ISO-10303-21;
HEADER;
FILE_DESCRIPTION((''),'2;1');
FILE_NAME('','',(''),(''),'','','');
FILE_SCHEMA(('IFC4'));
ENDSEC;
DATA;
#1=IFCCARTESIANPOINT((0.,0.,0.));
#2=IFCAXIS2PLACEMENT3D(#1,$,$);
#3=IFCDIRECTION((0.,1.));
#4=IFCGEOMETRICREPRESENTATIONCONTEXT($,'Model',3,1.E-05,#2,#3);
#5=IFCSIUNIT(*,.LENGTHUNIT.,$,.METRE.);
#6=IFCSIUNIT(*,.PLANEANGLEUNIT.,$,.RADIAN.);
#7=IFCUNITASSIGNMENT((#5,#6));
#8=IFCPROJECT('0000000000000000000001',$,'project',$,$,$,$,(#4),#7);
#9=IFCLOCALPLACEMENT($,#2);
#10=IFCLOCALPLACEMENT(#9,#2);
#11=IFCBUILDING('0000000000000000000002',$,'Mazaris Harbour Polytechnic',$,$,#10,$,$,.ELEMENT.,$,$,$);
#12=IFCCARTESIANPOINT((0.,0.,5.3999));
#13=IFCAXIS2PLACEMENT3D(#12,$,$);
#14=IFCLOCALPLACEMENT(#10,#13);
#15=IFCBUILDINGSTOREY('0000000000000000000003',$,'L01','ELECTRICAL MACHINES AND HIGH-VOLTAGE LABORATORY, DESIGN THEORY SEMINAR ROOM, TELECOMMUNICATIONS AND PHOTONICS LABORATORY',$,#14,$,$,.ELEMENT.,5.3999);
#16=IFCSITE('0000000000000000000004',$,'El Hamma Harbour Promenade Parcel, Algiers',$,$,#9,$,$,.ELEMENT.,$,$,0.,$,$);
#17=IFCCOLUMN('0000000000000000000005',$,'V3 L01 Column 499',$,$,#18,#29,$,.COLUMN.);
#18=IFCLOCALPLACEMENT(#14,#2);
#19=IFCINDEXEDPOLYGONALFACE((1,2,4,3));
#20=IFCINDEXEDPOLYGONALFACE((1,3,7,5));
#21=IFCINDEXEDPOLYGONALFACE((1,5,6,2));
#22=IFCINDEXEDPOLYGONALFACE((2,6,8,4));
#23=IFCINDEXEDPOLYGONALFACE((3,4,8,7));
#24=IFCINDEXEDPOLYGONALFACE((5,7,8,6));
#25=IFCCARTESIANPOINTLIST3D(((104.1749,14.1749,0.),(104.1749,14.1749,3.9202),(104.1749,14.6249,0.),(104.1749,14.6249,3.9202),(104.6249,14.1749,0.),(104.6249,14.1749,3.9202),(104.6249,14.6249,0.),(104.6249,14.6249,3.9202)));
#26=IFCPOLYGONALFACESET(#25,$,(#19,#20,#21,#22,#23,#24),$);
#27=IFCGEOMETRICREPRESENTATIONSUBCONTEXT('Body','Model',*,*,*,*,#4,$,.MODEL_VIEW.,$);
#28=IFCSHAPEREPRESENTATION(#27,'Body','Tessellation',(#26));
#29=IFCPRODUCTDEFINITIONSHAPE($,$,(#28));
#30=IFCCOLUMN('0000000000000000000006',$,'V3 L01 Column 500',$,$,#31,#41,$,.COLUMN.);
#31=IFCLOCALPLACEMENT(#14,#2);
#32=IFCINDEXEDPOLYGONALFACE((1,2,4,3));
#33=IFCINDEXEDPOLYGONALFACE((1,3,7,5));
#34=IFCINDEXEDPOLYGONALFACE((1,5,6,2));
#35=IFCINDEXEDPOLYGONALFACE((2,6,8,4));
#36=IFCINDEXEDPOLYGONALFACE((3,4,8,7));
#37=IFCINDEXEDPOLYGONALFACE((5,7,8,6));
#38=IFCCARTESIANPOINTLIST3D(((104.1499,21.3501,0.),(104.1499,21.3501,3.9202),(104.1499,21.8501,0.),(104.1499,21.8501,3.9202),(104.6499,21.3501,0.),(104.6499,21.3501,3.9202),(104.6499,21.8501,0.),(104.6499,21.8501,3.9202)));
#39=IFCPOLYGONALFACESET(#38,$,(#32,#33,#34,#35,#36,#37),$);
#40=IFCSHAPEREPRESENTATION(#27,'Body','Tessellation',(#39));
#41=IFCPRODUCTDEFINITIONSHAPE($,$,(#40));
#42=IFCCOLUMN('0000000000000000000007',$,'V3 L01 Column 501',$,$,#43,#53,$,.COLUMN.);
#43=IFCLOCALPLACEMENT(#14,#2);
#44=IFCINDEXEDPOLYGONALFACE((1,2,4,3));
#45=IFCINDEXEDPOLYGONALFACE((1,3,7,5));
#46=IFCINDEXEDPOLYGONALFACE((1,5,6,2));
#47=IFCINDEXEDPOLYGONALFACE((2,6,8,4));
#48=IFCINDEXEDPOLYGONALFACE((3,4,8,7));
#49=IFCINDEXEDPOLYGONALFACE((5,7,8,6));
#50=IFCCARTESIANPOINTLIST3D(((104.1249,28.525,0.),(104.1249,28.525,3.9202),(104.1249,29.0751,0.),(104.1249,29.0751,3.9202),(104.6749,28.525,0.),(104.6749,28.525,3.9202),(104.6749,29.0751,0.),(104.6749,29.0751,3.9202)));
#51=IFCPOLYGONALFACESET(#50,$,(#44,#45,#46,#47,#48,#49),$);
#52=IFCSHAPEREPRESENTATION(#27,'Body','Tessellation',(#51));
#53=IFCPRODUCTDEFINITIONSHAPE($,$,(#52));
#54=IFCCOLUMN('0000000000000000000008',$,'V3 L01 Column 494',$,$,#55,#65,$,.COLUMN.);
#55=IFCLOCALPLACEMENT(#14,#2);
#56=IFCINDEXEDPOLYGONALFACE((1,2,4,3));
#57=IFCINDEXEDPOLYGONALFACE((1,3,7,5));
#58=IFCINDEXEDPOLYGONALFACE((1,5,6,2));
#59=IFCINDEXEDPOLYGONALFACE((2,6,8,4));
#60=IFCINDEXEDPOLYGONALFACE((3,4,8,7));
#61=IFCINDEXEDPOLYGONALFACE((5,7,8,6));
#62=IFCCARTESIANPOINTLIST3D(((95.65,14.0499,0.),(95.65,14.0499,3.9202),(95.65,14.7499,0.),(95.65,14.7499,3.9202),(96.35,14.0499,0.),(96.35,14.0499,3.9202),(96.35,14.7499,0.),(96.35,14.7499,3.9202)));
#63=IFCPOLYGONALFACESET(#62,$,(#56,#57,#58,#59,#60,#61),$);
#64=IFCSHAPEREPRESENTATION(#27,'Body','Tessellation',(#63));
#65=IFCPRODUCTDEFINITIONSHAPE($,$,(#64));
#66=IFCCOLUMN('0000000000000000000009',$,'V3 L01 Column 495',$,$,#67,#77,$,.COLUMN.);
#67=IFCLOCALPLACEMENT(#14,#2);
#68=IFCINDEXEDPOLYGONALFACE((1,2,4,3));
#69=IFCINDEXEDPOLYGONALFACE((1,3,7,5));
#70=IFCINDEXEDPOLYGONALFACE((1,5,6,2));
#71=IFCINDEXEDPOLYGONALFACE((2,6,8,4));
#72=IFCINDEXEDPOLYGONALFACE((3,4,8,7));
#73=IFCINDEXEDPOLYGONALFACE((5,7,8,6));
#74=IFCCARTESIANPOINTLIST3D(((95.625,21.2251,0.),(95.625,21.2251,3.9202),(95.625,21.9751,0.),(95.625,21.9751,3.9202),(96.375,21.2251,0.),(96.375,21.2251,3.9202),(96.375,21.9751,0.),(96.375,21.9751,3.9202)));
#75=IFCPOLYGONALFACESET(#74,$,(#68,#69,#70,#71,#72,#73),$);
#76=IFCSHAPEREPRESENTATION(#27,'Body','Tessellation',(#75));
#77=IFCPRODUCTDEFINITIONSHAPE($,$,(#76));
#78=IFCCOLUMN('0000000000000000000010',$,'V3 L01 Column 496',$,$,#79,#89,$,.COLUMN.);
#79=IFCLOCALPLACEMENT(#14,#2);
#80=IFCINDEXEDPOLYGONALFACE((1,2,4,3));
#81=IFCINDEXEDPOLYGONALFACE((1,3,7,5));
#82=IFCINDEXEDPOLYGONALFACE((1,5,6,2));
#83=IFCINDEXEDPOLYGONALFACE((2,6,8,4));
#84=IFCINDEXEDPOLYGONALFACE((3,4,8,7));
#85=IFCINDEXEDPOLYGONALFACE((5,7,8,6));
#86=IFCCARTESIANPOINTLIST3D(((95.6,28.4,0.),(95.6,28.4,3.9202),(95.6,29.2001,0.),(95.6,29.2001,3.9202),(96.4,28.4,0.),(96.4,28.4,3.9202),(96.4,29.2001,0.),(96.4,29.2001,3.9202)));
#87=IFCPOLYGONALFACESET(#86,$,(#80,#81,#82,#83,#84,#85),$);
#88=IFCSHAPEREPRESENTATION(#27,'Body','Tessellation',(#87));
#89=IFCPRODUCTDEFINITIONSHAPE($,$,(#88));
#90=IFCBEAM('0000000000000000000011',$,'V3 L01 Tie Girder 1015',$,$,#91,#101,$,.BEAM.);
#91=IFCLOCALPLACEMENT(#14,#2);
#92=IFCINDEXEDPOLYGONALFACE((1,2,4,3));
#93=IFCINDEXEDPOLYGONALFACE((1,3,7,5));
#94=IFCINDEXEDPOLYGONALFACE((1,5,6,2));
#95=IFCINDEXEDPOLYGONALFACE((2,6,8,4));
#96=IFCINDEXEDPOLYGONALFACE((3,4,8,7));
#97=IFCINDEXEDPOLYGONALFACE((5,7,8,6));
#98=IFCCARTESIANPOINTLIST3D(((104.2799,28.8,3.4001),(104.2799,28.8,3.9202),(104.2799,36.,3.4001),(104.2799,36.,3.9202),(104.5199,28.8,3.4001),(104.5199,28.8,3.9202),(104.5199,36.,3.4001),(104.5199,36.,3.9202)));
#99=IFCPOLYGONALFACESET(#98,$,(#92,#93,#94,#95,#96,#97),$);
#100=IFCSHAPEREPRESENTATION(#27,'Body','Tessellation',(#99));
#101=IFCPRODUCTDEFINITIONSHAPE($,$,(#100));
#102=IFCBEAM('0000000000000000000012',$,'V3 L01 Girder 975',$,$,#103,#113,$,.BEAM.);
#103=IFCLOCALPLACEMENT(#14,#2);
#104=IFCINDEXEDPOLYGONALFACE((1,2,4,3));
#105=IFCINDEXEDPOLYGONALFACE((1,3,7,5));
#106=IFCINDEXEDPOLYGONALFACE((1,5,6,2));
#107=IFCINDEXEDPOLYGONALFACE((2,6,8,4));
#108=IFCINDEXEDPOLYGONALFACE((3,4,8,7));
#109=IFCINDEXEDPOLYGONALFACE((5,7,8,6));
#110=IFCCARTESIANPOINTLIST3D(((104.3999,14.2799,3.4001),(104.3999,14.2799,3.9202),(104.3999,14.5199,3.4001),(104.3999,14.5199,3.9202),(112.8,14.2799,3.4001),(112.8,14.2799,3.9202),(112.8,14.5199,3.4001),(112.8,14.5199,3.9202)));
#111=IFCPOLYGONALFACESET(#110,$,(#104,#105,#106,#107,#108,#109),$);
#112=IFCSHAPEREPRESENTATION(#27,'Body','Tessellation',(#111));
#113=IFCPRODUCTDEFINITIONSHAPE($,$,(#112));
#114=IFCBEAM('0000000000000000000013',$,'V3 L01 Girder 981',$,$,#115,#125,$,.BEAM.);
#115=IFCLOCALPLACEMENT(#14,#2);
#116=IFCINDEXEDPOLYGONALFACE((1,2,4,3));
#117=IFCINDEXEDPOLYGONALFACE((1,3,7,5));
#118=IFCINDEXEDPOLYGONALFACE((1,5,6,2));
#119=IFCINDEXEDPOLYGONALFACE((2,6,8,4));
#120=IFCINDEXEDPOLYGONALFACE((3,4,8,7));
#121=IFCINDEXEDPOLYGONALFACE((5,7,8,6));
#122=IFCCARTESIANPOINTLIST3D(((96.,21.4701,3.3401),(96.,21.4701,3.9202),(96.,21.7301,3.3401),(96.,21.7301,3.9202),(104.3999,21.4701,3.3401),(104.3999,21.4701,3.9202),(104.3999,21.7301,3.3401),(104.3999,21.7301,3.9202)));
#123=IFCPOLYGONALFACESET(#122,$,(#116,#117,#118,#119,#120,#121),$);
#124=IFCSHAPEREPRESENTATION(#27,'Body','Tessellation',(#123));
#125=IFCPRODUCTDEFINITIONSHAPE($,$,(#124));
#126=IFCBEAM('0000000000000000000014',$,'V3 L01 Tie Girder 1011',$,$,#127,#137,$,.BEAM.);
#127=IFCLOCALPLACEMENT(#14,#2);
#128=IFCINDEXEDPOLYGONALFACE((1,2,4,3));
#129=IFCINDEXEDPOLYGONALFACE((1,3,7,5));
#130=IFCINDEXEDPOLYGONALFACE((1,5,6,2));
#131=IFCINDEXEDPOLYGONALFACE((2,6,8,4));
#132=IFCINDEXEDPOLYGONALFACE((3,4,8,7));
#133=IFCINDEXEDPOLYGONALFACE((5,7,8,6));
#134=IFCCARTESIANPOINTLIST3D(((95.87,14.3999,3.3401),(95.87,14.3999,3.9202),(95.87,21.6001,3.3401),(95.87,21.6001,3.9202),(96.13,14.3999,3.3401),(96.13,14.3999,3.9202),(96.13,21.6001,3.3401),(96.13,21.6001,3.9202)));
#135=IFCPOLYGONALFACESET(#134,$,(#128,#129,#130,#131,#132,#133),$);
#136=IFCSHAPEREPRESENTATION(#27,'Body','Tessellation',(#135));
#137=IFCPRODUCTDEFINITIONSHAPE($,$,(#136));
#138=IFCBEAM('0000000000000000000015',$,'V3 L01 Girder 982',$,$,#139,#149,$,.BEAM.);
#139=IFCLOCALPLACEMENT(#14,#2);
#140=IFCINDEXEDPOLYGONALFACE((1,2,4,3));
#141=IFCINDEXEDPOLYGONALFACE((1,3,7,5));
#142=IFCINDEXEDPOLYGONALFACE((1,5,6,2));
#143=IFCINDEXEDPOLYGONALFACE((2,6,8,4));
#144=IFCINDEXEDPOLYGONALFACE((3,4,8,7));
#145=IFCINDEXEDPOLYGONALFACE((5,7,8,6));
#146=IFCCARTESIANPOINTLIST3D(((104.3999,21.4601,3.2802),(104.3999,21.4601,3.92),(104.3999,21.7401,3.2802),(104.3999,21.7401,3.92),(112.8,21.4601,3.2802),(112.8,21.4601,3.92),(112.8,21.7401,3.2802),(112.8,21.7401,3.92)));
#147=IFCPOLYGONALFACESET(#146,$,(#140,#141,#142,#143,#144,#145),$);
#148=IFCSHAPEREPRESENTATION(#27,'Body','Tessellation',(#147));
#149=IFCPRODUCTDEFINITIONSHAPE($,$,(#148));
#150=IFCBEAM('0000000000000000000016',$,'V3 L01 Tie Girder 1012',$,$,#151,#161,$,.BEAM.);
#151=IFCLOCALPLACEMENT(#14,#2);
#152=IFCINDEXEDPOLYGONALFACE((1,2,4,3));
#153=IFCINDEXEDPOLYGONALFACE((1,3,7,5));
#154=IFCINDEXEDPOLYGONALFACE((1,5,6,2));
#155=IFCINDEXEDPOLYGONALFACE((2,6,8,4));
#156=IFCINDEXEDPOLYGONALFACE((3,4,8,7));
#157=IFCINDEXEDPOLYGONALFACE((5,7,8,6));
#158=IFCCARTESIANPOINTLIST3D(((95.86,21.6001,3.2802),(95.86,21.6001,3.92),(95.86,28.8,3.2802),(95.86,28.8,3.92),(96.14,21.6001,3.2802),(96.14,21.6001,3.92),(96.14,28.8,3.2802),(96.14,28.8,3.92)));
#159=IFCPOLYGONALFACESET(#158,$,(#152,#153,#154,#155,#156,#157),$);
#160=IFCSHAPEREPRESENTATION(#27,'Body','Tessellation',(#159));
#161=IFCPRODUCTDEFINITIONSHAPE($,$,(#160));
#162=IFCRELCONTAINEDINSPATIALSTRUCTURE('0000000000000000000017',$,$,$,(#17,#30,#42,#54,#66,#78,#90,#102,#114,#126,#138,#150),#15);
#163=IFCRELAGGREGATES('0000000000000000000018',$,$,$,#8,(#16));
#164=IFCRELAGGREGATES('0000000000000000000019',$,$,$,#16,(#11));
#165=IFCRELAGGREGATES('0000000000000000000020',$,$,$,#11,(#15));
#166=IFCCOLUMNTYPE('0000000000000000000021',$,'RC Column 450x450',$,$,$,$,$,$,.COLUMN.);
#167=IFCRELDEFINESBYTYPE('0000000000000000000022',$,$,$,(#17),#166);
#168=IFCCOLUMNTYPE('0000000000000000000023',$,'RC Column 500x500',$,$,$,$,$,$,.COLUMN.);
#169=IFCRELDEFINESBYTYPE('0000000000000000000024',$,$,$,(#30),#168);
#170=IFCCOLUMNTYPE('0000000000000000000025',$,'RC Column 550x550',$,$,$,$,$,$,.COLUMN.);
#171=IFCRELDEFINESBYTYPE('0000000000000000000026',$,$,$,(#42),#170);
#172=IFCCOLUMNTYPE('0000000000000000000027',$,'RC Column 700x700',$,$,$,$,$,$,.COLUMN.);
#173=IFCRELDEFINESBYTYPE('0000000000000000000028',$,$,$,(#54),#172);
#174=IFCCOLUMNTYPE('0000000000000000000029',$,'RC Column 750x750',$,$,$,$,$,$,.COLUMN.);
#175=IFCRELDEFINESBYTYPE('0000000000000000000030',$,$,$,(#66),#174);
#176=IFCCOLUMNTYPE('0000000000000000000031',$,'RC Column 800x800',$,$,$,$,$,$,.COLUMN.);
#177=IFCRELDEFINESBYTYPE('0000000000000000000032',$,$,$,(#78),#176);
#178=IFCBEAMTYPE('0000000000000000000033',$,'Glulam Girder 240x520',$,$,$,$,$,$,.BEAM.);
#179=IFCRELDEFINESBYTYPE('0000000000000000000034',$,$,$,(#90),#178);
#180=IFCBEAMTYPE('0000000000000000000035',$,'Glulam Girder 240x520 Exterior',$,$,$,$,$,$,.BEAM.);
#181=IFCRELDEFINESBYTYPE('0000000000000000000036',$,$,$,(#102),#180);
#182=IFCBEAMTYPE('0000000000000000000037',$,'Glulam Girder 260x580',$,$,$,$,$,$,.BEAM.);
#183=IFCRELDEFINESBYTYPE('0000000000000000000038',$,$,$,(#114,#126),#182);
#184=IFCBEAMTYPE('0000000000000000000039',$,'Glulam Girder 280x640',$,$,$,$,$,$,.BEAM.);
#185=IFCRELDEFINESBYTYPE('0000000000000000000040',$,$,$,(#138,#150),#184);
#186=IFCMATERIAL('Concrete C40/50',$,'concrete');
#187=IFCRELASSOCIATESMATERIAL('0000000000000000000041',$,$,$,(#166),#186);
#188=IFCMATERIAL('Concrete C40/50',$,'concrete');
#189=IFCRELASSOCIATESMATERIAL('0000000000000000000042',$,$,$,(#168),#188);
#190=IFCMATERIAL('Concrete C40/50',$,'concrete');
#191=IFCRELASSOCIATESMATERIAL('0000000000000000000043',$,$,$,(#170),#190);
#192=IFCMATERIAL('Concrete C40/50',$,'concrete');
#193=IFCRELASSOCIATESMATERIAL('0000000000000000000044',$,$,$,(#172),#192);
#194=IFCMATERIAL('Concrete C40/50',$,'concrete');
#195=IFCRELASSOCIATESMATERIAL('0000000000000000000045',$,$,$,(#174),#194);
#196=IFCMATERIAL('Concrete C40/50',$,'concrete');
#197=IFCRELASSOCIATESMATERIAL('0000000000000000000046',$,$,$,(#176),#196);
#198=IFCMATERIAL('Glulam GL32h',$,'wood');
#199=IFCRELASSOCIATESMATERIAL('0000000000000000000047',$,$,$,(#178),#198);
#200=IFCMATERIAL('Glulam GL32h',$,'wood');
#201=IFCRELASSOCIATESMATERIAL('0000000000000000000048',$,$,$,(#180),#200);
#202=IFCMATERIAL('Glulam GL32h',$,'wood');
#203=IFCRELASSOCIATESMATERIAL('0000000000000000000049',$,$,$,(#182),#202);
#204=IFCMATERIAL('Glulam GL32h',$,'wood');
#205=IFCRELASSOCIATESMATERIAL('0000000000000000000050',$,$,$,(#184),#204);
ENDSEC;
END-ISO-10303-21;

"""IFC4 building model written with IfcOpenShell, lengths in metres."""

from ifc_helpers import new_model, si_unit, direction, frame, origin, origin_2d, place, context, subcontext, project, spatial, rectangle, extrude, material, material_profile, profile_set, type_object, element, save


model = new_model("IFC4")

# Units and contexts
model_context = context("Model", 3, precision=1e-05, world=origin(), true_north=direction((0.0, 1.0)))
body_context = subcontext(model_context, "Body", "Model", "MODEL_VIEW")
ifc_project = project(units=[si_unit("LENGTHUNIT", "METRE"), si_unit("PLANEANGLEUNIT", "RADIAN")], contexts=[model_context])

# Site, building, storey
site_placement = place(None, origin())
site = spatial("IfcSite", under=ifc_project, at=site_placement, Name="El Hamma Harbour Promenade Parcel, Algiers", CompositionType="ELEMENT", RefElevation=0.0)
building_placement = place(site_placement, origin())
building = spatial("IfcBuilding", under=site, at=building_placement, Name="Mazaris Harbour Polytechnic", CompositionType="ELEMENT")
storey_placement = place(building_placement, frame((0.0, 0.0, 5.3999)))
storey = spatial("IfcBuildingStorey", under=building, at=storey_placement, Name="L01", Description="ELECTRICAL MACHINES AND HIGH-VOLTAGE LABORATORY, DESIGN THEORY SEMINAR ROOM, TELECOMMUNICATIONS AND PHOTONICS LABORATORY", CompositionType="ELEMENT", Elevation=5.3999)

# Columns
ifc_material_1 = material(Name="Concrete C40/50", Category="concrete")
ifc_material_profile_1 = material_profile(ifc_material_1, rectangle(XDim=0.45, YDim=0.45, at=origin_2d()), Name="RECT450x450")
ifc_profile_set_1 = profile_set([ifc_material_profile_1], Name="Concrete C40/50")
column_type_1 = type_object("IfcColumnType", Name="RC Column 450x450", PredefinedType="COLUMN", material=ifc_profile_set_1)
column_1_placement = place(storey_placement, frame((104.3999, 14.3999, 0.0), z_axis=(0.0, 0.0, 1.0), x_axis=(1.0, 0.0, 0.0)))
element("IfcColumn", 1, at=column_1_placement, inside=storey, type_object=column_type_1, Name="V3 L01 Column 499", PredefinedType="COLUMN", context=body_context, shape_type="SweptSolid", body=[
    extrude(rectangle(XDim=0.45, YDim=0.45, at=origin_2d()), origin(), (0.0, 0.0, 1.0), 3.9202),
])
ifc_material_2 = material(Name="Concrete C40/50", Category="concrete")
ifc_material_profile_2 = material_profile(ifc_material_2, rectangle(XDim=0.5, YDim=0.5, at=origin_2d()), Name="RECT500x500")
ifc_profile_set_2 = profile_set([ifc_material_profile_2], Name="Concrete C40/50")
column_type_2 = type_object("IfcColumnType", Name="RC Column 500x500", PredefinedType="COLUMN", material=ifc_profile_set_2)
column_2_placement = place(storey_placement, frame((104.3999, 21.6001, 0.0), z_axis=(0.0, 0.0, 1.0), x_axis=(1.0, 0.0, 0.0)))
element("IfcColumn", 2, at=column_2_placement, inside=storey, type_object=column_type_2, Name="V3 L01 Column 500", PredefinedType="COLUMN", context=body_context, shape_type="SweptSolid", body=[
    extrude(rectangle(XDim=0.5, YDim=0.5, at=origin_2d()), origin(), (0.0, 0.0, 1.0), 3.9202),
])
ifc_material_3 = material(Name="Concrete C40/50", Category="concrete")
ifc_material_profile_3 = material_profile(ifc_material_3, rectangle(XDim=0.55, YDim=0.55, at=origin_2d()), Name="RECT550x550")
ifc_profile_set_3 = profile_set([ifc_material_profile_3], Name="Concrete C40/50")
column_type_3 = type_object("IfcColumnType", Name="RC Column 550x550", PredefinedType="COLUMN", material=ifc_profile_set_3)
column_3_placement = place(storey_placement, frame((104.3999, 28.8, 0.0), z_axis=(0.0, 0.0, 1.0), x_axis=(1.0, 0.0, 0.0)))
element("IfcColumn", 3, at=column_3_placement, inside=storey, type_object=column_type_3, Name="V3 L01 Column 501", PredefinedType="COLUMN", context=body_context, shape_type="SweptSolid", body=[
    extrude(rectangle(XDim=0.55, YDim=0.55, at=origin_2d()), origin(), (0.0, 0.0, 1.0), 3.9202),
])
ifc_material_4 = material(Name="Concrete C40/50", Category="concrete")
ifc_material_profile_4 = material_profile(ifc_material_4, rectangle(XDim=0.7, YDim=0.7, at=origin_2d()), Name="RECT700x700")
ifc_profile_set_4 = profile_set([ifc_material_profile_4], Name="Concrete C40/50")
column_type_4 = type_object("IfcColumnType", Name="RC Column 700x700", PredefinedType="COLUMN", material=ifc_profile_set_4)
column_4_placement = place(storey_placement, frame((96.0, 14.3999, 0.0), z_axis=(0.0, 0.0, 1.0), x_axis=(1.0, 0.0, 0.0)))
element("IfcColumn", 4, at=column_4_placement, inside=storey, type_object=column_type_4, Name="V3 L01 Column 494", PredefinedType="COLUMN", context=body_context, shape_type="SweptSolid", body=[
    extrude(rectangle(XDim=0.7, YDim=0.7, at=origin_2d()), origin(), (0.0, 0.0, 1.0), 3.9202),
])
ifc_material_5 = material(Name="Concrete C40/50", Category="concrete")
ifc_material_profile_5 = material_profile(ifc_material_5, rectangle(XDim=0.75, YDim=0.75, at=origin_2d()), Name="RECT750x750")
ifc_profile_set_5 = profile_set([ifc_material_profile_5], Name="Concrete C40/50")
column_type_5 = type_object("IfcColumnType", Name="RC Column 750x750", PredefinedType="COLUMN", material=ifc_profile_set_5)
column_5_placement = place(storey_placement, frame((96.0, 21.6001, 0.0), z_axis=(0.0, 0.0, 1.0), x_axis=(1.0, 0.0, 0.0)))
element("IfcColumn", 5, at=column_5_placement, inside=storey, type_object=column_type_5, Name="V3 L01 Column 495", PredefinedType="COLUMN", context=body_context, shape_type="SweptSolid", body=[
    extrude(rectangle(XDim=0.75, YDim=0.75, at=origin_2d()), origin(), (0.0, 0.0, 1.0), 3.9202),
])
ifc_material_6 = material(Name="Concrete C40/50", Category="concrete")
ifc_material_profile_6 = material_profile(ifc_material_6, rectangle(XDim=0.8, YDim=0.8, at=origin_2d()), Name="RECT800x800")
ifc_profile_set_6 = profile_set([ifc_material_profile_6], Name="Concrete C40/50")
column_type_6 = type_object("IfcColumnType", Name="RC Column 800x800", PredefinedType="COLUMN", material=ifc_profile_set_6)
column_6_placement = place(storey_placement, frame((96.0, 28.8, 0.0), z_axis=(0.0, 0.0, 1.0), x_axis=(1.0, 0.0, 0.0)))
element("IfcColumn", 6, at=column_6_placement, inside=storey, type_object=column_type_6, Name="V3 L01 Column 496", PredefinedType="COLUMN", context=body_context, shape_type="SweptSolid", body=[
    extrude(rectangle(XDim=0.8, YDim=0.8, at=origin_2d()), origin(), (0.0, 0.0, 1.0), 3.9202),
])

# Beams
ifc_material_7 = material(Name="Glulam GL32h", Category="wood")
ifc_material_profile_7 = material_profile(ifc_material_7, rectangle(XDim=0.24, YDim=0.52, at=origin_2d()), Name="RECT240x520")
ifc_profile_set_7 = profile_set([ifc_material_profile_7], Name="Glulam GL32h")
beam_type_1 = type_object("IfcBeamType", Name="Glulam Girder 240x520", PredefinedType="BEAM", material=ifc_profile_set_7)
beam_1_placement = place(storey_placement, frame((104.3999, 28.8, 3.6602), z_axis=(0.0, 1.0, 0.0), x_axis=(-1.0, 0.0, 0.0)))
element("IfcBeam", 7, at=beam_1_placement, inside=storey, type_object=beam_type_1, Name="V3 L01 Tie Girder 1015", PredefinedType="BEAM", context=body_context, shape_type="SweptSolid", body=[
    extrude(rectangle(XDim=0.24, YDim=0.52, at=origin_2d()), origin(), (0.0, 0.0, 1.0), 7.2),
])
ifc_material_8 = material(Name="Glulam GL32h", Category="wood")
ifc_material_profile_8 = material_profile(ifc_material_8, rectangle(XDim=0.24, YDim=0.52, at=origin_2d()), Name="RECT240x520")
ifc_profile_set_8 = profile_set([ifc_material_profile_8], Name="Glulam GL32h")
beam_type_2 = type_object("IfcBeamType", Name="Glulam Girder 240x520 Exterior", PredefinedType="BEAM", material=ifc_profile_set_8)
beam_2_placement = place(storey_placement, frame((104.3999, 14.3999, 3.6602), z_axis=(1.0, 0.0, 0.0), x_axis=(0.0, 1.0, 0.0)))
element("IfcBeam", 8, at=beam_2_placement, inside=storey, type_object=beam_type_2, Name="V3 L01 Girder 975", PredefinedType="BEAM", context=body_context, shape_type="SweptSolid", body=[
    extrude(rectangle(XDim=0.24, YDim=0.52, at=origin_2d()), origin(), (0.0, 0.0, 1.0), 8.4001),
])
ifc_material_9 = material(Name="Glulam GL32h", Category="wood")
ifc_material_profile_9 = material_profile(ifc_material_9, rectangle(XDim=0.26, YDim=0.5801, at=origin_2d()), Name="RECT260x580")
ifc_profile_set_9 = profile_set([ifc_material_profile_9], Name="Glulam GL32h")
beam_type_3 = type_object("IfcBeamType", Name="Glulam Girder 260x580", PredefinedType="BEAM", material=ifc_profile_set_9)
beam_3_placement = place(storey_placement, frame((96.0, 21.6001, 3.6301), z_axis=(1.0, 0.0, 0.0), x_axis=(0.0, 1.0, 0.0)))
element("IfcBeam", 9, at=beam_3_placement, inside=storey, type_object=beam_type_3, Name="V3 L01 Girder 981", PredefinedType="BEAM", context=body_context, shape_type="SweptSolid", body=[
    extrude(rectangle(XDim=0.26, YDim=0.5801, at=origin_2d()), origin(), (0.0, 0.0, 1.0), 8.3999),
])
beam_4_placement = place(storey_placement, frame((96.0, 14.3999, 3.6301), z_axis=(0.0, 1.0, 0.0), x_axis=(-1.0, 0.0, 0.0)))
element("IfcBeam", 10, at=beam_4_placement, inside=storey, type_object=beam_type_3, Name="V3 L01 Tie Girder 1011", PredefinedType="BEAM", context=body_context, shape_type="SweptSolid", body=[
    extrude(rectangle(XDim=0.26, YDim=0.5801, at=origin_2d()), origin(), (0.0, 0.0, 1.0), 7.2002),
])
ifc_material_10 = material(Name="Glulam GL32h", Category="wood")
ifc_material_profile_10 = material_profile(ifc_material_10, rectangle(XDim=0.28, YDim=0.6399, at=origin_2d()), Name="RECT280x640")
ifc_profile_set_10 = profile_set([ifc_material_profile_10], Name="Glulam GL32h")
beam_type_4 = type_object("IfcBeamType", Name="Glulam Girder 280x640", PredefinedType="BEAM", material=ifc_profile_set_10)
beam_5_placement = place(storey_placement, frame((104.3999, 21.6001, 3.6001), z_axis=(1.0, 0.0, 0.0), x_axis=(0.0, 1.0, 0.0)))
element("IfcBeam", 11, at=beam_5_placement, inside=storey, type_object=beam_type_4, Name="V3 L01 Girder 982", PredefinedType="BEAM", context=body_context, shape_type="SweptSolid", body=[
    extrude(rectangle(XDim=0.28, YDim=0.6399, at=origin_2d()), origin(), (0.0, 0.0, 1.0), 8.4001),
])
beam_6_placement = place(storey_placement, frame((96.0, 21.6001, 3.6001), z_axis=(0.0, 1.0, 0.0), x_axis=(-1.0, 0.0, 0.0)))
element("IfcBeam", 12, at=beam_6_placement, inside=storey, type_object=beam_type_4, Name="V3 L01 Tie Girder 1012", PredefinedType="BEAM", context=body_context, shape_type="SweptSolid", body=[
    extrude(rectangle(XDim=0.28, YDim=0.6399, at=origin_2d()), origin(), (0.0, 0.0, 1.0), 7.2),
])

save(model, "model.ifc")
